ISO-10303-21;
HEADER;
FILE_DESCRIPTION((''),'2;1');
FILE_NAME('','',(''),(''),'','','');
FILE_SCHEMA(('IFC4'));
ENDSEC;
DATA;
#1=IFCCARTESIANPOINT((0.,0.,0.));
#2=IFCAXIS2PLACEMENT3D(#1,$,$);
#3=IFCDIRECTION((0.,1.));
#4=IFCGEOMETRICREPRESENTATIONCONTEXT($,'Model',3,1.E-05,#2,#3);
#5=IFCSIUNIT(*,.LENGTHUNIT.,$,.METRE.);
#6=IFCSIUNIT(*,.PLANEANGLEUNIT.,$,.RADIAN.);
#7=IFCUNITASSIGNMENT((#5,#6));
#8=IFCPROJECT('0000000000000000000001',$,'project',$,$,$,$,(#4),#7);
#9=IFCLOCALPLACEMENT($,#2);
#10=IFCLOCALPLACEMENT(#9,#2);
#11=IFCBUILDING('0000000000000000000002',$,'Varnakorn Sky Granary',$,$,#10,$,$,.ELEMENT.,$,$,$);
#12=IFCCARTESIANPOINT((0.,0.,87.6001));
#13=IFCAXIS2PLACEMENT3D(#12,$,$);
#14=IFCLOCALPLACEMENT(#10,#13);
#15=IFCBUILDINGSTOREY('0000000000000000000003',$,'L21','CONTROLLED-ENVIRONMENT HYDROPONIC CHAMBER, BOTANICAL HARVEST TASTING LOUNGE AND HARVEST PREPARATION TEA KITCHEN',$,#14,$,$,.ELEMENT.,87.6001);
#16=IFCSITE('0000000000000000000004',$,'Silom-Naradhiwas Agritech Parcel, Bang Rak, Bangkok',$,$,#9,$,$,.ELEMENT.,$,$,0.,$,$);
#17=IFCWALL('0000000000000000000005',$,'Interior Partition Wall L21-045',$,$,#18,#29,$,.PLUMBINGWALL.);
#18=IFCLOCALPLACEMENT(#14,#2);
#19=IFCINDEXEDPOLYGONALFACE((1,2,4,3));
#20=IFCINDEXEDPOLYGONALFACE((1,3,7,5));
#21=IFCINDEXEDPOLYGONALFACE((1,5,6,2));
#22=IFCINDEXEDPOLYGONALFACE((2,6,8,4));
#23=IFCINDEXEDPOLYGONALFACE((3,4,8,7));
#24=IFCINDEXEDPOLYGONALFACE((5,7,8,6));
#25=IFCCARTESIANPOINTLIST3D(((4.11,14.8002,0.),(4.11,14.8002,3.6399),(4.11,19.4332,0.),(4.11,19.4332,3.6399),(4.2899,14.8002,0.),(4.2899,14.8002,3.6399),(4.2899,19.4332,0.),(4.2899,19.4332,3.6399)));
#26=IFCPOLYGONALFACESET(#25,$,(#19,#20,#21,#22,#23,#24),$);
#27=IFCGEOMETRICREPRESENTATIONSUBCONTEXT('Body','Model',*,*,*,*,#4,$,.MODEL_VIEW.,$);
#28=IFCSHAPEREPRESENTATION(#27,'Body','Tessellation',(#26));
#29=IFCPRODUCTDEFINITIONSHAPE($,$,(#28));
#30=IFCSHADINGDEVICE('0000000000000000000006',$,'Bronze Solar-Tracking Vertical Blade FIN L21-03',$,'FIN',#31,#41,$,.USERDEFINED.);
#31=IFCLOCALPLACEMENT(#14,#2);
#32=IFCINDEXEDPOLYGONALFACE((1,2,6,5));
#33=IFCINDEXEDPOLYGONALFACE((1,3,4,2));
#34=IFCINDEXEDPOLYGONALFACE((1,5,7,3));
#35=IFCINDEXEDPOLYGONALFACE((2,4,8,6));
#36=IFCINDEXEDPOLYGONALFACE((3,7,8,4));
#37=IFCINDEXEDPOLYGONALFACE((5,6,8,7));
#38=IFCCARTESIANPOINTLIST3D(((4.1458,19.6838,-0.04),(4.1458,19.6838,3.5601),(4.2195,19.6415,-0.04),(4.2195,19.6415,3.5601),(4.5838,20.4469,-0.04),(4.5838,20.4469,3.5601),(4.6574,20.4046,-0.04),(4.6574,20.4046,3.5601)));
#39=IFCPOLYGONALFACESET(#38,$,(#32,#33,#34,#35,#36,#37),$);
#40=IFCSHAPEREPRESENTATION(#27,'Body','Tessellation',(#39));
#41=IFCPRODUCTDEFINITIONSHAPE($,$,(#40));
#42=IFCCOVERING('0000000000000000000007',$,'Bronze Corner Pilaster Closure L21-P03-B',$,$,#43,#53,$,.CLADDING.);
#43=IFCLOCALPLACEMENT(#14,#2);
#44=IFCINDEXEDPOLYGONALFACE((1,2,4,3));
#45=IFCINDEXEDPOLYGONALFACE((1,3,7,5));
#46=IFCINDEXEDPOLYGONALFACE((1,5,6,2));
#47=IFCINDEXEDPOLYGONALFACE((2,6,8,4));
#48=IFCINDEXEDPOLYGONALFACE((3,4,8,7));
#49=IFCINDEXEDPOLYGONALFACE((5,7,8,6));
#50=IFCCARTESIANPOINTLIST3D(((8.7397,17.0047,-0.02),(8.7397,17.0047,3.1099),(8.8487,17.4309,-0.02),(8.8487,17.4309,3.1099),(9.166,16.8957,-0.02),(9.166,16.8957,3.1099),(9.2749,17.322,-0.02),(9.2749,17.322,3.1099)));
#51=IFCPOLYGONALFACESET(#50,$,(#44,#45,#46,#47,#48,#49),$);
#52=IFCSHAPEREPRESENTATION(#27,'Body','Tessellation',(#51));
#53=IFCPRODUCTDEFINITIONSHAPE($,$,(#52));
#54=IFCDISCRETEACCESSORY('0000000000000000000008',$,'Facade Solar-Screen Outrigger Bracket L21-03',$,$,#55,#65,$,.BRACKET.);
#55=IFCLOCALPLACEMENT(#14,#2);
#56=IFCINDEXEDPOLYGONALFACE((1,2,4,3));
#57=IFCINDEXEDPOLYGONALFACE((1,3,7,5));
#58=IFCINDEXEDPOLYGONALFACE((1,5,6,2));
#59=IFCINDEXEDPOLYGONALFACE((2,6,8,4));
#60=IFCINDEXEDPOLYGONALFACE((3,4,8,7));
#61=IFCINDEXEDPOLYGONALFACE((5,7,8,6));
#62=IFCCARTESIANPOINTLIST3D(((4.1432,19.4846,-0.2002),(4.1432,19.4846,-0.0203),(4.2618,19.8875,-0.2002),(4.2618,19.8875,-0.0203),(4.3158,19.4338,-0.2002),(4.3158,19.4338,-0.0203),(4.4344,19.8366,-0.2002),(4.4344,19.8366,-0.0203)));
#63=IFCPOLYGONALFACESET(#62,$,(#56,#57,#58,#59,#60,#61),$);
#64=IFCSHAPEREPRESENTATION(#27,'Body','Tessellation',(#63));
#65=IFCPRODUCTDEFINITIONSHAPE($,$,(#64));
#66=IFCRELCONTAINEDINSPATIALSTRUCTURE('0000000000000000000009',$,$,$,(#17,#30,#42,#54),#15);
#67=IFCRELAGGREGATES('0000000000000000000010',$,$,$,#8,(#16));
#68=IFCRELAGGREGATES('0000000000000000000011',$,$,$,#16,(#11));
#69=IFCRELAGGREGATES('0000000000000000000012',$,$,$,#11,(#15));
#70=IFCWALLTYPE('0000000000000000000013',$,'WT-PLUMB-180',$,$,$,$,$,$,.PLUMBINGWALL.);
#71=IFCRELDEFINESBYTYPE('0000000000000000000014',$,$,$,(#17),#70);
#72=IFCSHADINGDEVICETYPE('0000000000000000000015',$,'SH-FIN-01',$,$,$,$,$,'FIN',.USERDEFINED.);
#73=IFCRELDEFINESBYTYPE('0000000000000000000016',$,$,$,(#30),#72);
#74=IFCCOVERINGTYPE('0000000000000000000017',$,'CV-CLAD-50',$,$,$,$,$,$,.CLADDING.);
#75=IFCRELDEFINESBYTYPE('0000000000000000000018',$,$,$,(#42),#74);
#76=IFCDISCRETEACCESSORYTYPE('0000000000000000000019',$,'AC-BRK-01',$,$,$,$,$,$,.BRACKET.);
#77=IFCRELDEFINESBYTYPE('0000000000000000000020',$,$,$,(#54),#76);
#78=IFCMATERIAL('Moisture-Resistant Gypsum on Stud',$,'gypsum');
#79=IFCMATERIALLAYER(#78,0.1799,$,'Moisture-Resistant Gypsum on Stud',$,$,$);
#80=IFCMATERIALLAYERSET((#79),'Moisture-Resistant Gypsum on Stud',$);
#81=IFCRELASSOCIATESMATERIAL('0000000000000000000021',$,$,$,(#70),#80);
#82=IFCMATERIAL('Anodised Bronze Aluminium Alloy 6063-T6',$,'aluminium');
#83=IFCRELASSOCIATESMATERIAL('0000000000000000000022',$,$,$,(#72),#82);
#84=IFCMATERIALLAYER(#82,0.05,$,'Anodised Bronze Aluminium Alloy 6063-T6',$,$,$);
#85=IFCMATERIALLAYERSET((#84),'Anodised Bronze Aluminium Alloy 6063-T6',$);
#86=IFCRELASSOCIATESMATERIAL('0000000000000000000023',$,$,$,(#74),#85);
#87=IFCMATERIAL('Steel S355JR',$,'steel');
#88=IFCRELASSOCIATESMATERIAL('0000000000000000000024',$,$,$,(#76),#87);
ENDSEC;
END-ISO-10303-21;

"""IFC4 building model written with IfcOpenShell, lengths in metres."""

from ifc_helpers import new_model, si_unit, direction, frame, frame_2d, origin, origin_2d, place, context, subcontext, project, spatial, rectangle, extrude, source, transform, mapped, material, layer, layer_set, type_object, type_shapes, element, save


model = new_model("IFC4")

# Units and contexts
model_context = context("Model", 3, precision=1e-05, world=origin(), true_north=direction((0.0, 1.0)))
body_context = subcontext(model_context, "Body", "Model", "MODEL_VIEW")
ifc_project = project(units=[si_unit("LENGTHUNIT", "METRE"), si_unit("PLANEANGLEUNIT", "RADIAN")], contexts=[model_context])

# Site, building, storey
site_placement = place(None, origin())
site = spatial("IfcSite", under=ifc_project, at=site_placement, Name="Silom-Naradhiwas Agritech Parcel, Bang Rak, Bangkok", CompositionType="ELEMENT", RefElevation=0.0)
building_placement = place(site_placement, origin())
building = spatial("IfcBuilding", under=site, at=building_placement, Name="Varnakorn Sky Granary", CompositionType="ELEMENT")
storey_placement = place(building_placement, frame((0.0, 0.0, 87.6001)))
storey = spatial("IfcBuildingStorey", under=building, at=storey_placement, Name="L21", Description="CONTROLLED-ENVIRONMENT HYDROPONIC CHAMBER, BOTANICAL HARVEST TASTING LOUNGE AND HARVEST PREPARATION TEA KITCHEN", CompositionType="ELEMENT", Elevation=87.6001)

# Shared definitions
ifc_material_1 = material(Name="Steel S355JR", Category="steel")

# Shared definitions
ifc_material_2 = material(Name="Moisture-Resistant Gypsum on Stud", Category="gypsum")
ifc_layer_1 = layer(ifc_material_2, 0.1799, Name="Moisture-Resistant Gypsum on Stud")
ifc_layer_set_1 = layer_set([ifc_layer_1], Name="Moisture-Resistant Gypsum on Stud")
wall_type_1 = type_object("IfcWallType", Name="WT-PLUMB-180", PredefinedType="PLUMBINGWALL", material=ifc_layer_set_1)

# Wall
wall_1_placement = place(storey_placement, frame((4.2, 19.4331, 0.0), z_axis=(0.0, 0.0, 1.0), x_axis=(0.0, -1.0, 0.0)))
element("IfcWall", 1, at=wall_1_placement, inside=storey, type_object=wall_type_1, Name="Interior Partition Wall L21-045", PredefinedType="PLUMBINGWALL", context=body_context, shape_type="SweptSolid", body=[
    extrude(rectangle(XDim=4.6331, YDim=0.1799, at=frame_2d((2.3164, 0.0))), origin(), (0.0, 0.0, 1.0), 3.6399),
])

# Shading device
ifc_material_3 = material(Name="Anodised Bronze Aluminium Alloy 6063-T6", Category="aluminium")
shading_device_type = type_object("IfcShadingDeviceType", Name="SH-FIN-01", ElementType="FIN", PredefinedType="USERDEFINED", material=ifc_material_3)
shared_shape_1 = source(origin(), body_context, "Body", "SweptSolid", [
    extrude(rectangle(XDim=0.085, YDim=0.8799, at=origin_2d()), origin(), (0.0, 0.0, 1.0), 3.6001),
])
type_shapes(shading_device_type, [shared_shape_1])
shading_device_placement = place(storey_placement, frame((4.4016, 20.0442, -0.04), z_axis=(0.0, 0.0, 1.0), x_axis=(-0.867303, 0.497781, 0.0)))
element("IfcShadingDevice", 2, at=shading_device_placement, inside=storey, type_object=shading_device_type, Name="Bronze Solar-Tracking Vertical Blade FIN L21-03", ObjectType="FIN", PredefinedType="USERDEFINED", context=body_context, shape_type="MappedRepresentation", body=[
    mapped(shared_shape_1, transform((0.0, 0.0, 0.0), x_axis=(1.0, 0.0, 0.0), y_axis=(0.0, 1.0, 0.0), z_axis=(0.0, 0.0, 1.0), scale=1.0)),
])

# Covering
ifc_layer_2 = layer(ifc_material_3, 0.05, Name="Anodised Bronze Aluminium Alloy 6063-T6")
ifc_layer_set_2 = layer_set([ifc_layer_2], Name="Anodised Bronze Aluminium Alloy 6063-T6")
covering_type = type_object("IfcCoveringType", Name="CV-CLAD-50", PredefinedType="CLADDING", material=ifc_layer_set_2)
shared_shape_2 = source(origin(), body_context, "Body", "SweptSolid", [
    extrude(rectangle(XDim=0.4399, YDim=0.4399, at=origin_2d()), origin(), (0.0, 0.0, 1.0), 3.1299),
])
type_shapes(covering_type, [shared_shape_2])
covering_placement = place(storey_placement, frame((9.0073, 17.1633, -0.02), z_axis=(0.0, 0.0, 1.0), x_axis=(0.968843, -0.247675, 0.0)))
element("IfcCovering", 3, at=covering_placement, inside=storey, type_object=covering_type, Name="Bronze Corner Pilaster Closure L21-P03-B", PredefinedType="CLADDING", context=body_context, shape_type="MappedRepresentation", body=[
    mapped(shared_shape_2, transform((0.0, 0.0, 0.0), x_axis=(1.0, 0.0, 0.0), y_axis=(0.0, 1.0, 0.0), z_axis=(0.0, 0.0, 1.0), scale=1.0)),
])

# Discrete accessory
discrete_accessory_type = type_object("IfcDiscreteAccessoryType", Name="AC-BRK-01", PredefinedType="BRACKET", material=ifc_material_1)
shared_shape_3 = source(origin(), body_context, "Body", "SweptSolid", [
    extrude(rectangle(XDim=0.1799, YDim=0.4199, at=origin_2d()), origin(), (0.0, 0.0, 1.0), 0.1799),
])
type_shapes(discrete_accessory_type, [shared_shape_3])
discrete_accessory_placement = place(storey_placement, frame((4.2888, 19.6606, -0.2002), z_axis=(0.0, 0.0, 1.0), x_axis=(-0.959284, 0.282443, 0.0)))
element("IfcDiscreteAccessory", 4, at=discrete_accessory_placement, inside=storey, type_object=discrete_accessory_type, Name="Facade Solar-Screen Outrigger Bracket L21-03", PredefinedType="BRACKET", context=body_context, shape_type="MappedRepresentation", body=[
    mapped(shared_shape_3, transform((0.0, 0.0, 0.0), x_axis=(1.0, 0.0, 0.0), y_axis=(0.0, 1.0, 0.0), z_axis=(0.0, 0.0, 1.0), scale=1.0)),
])

save(model, "model.ifc")
